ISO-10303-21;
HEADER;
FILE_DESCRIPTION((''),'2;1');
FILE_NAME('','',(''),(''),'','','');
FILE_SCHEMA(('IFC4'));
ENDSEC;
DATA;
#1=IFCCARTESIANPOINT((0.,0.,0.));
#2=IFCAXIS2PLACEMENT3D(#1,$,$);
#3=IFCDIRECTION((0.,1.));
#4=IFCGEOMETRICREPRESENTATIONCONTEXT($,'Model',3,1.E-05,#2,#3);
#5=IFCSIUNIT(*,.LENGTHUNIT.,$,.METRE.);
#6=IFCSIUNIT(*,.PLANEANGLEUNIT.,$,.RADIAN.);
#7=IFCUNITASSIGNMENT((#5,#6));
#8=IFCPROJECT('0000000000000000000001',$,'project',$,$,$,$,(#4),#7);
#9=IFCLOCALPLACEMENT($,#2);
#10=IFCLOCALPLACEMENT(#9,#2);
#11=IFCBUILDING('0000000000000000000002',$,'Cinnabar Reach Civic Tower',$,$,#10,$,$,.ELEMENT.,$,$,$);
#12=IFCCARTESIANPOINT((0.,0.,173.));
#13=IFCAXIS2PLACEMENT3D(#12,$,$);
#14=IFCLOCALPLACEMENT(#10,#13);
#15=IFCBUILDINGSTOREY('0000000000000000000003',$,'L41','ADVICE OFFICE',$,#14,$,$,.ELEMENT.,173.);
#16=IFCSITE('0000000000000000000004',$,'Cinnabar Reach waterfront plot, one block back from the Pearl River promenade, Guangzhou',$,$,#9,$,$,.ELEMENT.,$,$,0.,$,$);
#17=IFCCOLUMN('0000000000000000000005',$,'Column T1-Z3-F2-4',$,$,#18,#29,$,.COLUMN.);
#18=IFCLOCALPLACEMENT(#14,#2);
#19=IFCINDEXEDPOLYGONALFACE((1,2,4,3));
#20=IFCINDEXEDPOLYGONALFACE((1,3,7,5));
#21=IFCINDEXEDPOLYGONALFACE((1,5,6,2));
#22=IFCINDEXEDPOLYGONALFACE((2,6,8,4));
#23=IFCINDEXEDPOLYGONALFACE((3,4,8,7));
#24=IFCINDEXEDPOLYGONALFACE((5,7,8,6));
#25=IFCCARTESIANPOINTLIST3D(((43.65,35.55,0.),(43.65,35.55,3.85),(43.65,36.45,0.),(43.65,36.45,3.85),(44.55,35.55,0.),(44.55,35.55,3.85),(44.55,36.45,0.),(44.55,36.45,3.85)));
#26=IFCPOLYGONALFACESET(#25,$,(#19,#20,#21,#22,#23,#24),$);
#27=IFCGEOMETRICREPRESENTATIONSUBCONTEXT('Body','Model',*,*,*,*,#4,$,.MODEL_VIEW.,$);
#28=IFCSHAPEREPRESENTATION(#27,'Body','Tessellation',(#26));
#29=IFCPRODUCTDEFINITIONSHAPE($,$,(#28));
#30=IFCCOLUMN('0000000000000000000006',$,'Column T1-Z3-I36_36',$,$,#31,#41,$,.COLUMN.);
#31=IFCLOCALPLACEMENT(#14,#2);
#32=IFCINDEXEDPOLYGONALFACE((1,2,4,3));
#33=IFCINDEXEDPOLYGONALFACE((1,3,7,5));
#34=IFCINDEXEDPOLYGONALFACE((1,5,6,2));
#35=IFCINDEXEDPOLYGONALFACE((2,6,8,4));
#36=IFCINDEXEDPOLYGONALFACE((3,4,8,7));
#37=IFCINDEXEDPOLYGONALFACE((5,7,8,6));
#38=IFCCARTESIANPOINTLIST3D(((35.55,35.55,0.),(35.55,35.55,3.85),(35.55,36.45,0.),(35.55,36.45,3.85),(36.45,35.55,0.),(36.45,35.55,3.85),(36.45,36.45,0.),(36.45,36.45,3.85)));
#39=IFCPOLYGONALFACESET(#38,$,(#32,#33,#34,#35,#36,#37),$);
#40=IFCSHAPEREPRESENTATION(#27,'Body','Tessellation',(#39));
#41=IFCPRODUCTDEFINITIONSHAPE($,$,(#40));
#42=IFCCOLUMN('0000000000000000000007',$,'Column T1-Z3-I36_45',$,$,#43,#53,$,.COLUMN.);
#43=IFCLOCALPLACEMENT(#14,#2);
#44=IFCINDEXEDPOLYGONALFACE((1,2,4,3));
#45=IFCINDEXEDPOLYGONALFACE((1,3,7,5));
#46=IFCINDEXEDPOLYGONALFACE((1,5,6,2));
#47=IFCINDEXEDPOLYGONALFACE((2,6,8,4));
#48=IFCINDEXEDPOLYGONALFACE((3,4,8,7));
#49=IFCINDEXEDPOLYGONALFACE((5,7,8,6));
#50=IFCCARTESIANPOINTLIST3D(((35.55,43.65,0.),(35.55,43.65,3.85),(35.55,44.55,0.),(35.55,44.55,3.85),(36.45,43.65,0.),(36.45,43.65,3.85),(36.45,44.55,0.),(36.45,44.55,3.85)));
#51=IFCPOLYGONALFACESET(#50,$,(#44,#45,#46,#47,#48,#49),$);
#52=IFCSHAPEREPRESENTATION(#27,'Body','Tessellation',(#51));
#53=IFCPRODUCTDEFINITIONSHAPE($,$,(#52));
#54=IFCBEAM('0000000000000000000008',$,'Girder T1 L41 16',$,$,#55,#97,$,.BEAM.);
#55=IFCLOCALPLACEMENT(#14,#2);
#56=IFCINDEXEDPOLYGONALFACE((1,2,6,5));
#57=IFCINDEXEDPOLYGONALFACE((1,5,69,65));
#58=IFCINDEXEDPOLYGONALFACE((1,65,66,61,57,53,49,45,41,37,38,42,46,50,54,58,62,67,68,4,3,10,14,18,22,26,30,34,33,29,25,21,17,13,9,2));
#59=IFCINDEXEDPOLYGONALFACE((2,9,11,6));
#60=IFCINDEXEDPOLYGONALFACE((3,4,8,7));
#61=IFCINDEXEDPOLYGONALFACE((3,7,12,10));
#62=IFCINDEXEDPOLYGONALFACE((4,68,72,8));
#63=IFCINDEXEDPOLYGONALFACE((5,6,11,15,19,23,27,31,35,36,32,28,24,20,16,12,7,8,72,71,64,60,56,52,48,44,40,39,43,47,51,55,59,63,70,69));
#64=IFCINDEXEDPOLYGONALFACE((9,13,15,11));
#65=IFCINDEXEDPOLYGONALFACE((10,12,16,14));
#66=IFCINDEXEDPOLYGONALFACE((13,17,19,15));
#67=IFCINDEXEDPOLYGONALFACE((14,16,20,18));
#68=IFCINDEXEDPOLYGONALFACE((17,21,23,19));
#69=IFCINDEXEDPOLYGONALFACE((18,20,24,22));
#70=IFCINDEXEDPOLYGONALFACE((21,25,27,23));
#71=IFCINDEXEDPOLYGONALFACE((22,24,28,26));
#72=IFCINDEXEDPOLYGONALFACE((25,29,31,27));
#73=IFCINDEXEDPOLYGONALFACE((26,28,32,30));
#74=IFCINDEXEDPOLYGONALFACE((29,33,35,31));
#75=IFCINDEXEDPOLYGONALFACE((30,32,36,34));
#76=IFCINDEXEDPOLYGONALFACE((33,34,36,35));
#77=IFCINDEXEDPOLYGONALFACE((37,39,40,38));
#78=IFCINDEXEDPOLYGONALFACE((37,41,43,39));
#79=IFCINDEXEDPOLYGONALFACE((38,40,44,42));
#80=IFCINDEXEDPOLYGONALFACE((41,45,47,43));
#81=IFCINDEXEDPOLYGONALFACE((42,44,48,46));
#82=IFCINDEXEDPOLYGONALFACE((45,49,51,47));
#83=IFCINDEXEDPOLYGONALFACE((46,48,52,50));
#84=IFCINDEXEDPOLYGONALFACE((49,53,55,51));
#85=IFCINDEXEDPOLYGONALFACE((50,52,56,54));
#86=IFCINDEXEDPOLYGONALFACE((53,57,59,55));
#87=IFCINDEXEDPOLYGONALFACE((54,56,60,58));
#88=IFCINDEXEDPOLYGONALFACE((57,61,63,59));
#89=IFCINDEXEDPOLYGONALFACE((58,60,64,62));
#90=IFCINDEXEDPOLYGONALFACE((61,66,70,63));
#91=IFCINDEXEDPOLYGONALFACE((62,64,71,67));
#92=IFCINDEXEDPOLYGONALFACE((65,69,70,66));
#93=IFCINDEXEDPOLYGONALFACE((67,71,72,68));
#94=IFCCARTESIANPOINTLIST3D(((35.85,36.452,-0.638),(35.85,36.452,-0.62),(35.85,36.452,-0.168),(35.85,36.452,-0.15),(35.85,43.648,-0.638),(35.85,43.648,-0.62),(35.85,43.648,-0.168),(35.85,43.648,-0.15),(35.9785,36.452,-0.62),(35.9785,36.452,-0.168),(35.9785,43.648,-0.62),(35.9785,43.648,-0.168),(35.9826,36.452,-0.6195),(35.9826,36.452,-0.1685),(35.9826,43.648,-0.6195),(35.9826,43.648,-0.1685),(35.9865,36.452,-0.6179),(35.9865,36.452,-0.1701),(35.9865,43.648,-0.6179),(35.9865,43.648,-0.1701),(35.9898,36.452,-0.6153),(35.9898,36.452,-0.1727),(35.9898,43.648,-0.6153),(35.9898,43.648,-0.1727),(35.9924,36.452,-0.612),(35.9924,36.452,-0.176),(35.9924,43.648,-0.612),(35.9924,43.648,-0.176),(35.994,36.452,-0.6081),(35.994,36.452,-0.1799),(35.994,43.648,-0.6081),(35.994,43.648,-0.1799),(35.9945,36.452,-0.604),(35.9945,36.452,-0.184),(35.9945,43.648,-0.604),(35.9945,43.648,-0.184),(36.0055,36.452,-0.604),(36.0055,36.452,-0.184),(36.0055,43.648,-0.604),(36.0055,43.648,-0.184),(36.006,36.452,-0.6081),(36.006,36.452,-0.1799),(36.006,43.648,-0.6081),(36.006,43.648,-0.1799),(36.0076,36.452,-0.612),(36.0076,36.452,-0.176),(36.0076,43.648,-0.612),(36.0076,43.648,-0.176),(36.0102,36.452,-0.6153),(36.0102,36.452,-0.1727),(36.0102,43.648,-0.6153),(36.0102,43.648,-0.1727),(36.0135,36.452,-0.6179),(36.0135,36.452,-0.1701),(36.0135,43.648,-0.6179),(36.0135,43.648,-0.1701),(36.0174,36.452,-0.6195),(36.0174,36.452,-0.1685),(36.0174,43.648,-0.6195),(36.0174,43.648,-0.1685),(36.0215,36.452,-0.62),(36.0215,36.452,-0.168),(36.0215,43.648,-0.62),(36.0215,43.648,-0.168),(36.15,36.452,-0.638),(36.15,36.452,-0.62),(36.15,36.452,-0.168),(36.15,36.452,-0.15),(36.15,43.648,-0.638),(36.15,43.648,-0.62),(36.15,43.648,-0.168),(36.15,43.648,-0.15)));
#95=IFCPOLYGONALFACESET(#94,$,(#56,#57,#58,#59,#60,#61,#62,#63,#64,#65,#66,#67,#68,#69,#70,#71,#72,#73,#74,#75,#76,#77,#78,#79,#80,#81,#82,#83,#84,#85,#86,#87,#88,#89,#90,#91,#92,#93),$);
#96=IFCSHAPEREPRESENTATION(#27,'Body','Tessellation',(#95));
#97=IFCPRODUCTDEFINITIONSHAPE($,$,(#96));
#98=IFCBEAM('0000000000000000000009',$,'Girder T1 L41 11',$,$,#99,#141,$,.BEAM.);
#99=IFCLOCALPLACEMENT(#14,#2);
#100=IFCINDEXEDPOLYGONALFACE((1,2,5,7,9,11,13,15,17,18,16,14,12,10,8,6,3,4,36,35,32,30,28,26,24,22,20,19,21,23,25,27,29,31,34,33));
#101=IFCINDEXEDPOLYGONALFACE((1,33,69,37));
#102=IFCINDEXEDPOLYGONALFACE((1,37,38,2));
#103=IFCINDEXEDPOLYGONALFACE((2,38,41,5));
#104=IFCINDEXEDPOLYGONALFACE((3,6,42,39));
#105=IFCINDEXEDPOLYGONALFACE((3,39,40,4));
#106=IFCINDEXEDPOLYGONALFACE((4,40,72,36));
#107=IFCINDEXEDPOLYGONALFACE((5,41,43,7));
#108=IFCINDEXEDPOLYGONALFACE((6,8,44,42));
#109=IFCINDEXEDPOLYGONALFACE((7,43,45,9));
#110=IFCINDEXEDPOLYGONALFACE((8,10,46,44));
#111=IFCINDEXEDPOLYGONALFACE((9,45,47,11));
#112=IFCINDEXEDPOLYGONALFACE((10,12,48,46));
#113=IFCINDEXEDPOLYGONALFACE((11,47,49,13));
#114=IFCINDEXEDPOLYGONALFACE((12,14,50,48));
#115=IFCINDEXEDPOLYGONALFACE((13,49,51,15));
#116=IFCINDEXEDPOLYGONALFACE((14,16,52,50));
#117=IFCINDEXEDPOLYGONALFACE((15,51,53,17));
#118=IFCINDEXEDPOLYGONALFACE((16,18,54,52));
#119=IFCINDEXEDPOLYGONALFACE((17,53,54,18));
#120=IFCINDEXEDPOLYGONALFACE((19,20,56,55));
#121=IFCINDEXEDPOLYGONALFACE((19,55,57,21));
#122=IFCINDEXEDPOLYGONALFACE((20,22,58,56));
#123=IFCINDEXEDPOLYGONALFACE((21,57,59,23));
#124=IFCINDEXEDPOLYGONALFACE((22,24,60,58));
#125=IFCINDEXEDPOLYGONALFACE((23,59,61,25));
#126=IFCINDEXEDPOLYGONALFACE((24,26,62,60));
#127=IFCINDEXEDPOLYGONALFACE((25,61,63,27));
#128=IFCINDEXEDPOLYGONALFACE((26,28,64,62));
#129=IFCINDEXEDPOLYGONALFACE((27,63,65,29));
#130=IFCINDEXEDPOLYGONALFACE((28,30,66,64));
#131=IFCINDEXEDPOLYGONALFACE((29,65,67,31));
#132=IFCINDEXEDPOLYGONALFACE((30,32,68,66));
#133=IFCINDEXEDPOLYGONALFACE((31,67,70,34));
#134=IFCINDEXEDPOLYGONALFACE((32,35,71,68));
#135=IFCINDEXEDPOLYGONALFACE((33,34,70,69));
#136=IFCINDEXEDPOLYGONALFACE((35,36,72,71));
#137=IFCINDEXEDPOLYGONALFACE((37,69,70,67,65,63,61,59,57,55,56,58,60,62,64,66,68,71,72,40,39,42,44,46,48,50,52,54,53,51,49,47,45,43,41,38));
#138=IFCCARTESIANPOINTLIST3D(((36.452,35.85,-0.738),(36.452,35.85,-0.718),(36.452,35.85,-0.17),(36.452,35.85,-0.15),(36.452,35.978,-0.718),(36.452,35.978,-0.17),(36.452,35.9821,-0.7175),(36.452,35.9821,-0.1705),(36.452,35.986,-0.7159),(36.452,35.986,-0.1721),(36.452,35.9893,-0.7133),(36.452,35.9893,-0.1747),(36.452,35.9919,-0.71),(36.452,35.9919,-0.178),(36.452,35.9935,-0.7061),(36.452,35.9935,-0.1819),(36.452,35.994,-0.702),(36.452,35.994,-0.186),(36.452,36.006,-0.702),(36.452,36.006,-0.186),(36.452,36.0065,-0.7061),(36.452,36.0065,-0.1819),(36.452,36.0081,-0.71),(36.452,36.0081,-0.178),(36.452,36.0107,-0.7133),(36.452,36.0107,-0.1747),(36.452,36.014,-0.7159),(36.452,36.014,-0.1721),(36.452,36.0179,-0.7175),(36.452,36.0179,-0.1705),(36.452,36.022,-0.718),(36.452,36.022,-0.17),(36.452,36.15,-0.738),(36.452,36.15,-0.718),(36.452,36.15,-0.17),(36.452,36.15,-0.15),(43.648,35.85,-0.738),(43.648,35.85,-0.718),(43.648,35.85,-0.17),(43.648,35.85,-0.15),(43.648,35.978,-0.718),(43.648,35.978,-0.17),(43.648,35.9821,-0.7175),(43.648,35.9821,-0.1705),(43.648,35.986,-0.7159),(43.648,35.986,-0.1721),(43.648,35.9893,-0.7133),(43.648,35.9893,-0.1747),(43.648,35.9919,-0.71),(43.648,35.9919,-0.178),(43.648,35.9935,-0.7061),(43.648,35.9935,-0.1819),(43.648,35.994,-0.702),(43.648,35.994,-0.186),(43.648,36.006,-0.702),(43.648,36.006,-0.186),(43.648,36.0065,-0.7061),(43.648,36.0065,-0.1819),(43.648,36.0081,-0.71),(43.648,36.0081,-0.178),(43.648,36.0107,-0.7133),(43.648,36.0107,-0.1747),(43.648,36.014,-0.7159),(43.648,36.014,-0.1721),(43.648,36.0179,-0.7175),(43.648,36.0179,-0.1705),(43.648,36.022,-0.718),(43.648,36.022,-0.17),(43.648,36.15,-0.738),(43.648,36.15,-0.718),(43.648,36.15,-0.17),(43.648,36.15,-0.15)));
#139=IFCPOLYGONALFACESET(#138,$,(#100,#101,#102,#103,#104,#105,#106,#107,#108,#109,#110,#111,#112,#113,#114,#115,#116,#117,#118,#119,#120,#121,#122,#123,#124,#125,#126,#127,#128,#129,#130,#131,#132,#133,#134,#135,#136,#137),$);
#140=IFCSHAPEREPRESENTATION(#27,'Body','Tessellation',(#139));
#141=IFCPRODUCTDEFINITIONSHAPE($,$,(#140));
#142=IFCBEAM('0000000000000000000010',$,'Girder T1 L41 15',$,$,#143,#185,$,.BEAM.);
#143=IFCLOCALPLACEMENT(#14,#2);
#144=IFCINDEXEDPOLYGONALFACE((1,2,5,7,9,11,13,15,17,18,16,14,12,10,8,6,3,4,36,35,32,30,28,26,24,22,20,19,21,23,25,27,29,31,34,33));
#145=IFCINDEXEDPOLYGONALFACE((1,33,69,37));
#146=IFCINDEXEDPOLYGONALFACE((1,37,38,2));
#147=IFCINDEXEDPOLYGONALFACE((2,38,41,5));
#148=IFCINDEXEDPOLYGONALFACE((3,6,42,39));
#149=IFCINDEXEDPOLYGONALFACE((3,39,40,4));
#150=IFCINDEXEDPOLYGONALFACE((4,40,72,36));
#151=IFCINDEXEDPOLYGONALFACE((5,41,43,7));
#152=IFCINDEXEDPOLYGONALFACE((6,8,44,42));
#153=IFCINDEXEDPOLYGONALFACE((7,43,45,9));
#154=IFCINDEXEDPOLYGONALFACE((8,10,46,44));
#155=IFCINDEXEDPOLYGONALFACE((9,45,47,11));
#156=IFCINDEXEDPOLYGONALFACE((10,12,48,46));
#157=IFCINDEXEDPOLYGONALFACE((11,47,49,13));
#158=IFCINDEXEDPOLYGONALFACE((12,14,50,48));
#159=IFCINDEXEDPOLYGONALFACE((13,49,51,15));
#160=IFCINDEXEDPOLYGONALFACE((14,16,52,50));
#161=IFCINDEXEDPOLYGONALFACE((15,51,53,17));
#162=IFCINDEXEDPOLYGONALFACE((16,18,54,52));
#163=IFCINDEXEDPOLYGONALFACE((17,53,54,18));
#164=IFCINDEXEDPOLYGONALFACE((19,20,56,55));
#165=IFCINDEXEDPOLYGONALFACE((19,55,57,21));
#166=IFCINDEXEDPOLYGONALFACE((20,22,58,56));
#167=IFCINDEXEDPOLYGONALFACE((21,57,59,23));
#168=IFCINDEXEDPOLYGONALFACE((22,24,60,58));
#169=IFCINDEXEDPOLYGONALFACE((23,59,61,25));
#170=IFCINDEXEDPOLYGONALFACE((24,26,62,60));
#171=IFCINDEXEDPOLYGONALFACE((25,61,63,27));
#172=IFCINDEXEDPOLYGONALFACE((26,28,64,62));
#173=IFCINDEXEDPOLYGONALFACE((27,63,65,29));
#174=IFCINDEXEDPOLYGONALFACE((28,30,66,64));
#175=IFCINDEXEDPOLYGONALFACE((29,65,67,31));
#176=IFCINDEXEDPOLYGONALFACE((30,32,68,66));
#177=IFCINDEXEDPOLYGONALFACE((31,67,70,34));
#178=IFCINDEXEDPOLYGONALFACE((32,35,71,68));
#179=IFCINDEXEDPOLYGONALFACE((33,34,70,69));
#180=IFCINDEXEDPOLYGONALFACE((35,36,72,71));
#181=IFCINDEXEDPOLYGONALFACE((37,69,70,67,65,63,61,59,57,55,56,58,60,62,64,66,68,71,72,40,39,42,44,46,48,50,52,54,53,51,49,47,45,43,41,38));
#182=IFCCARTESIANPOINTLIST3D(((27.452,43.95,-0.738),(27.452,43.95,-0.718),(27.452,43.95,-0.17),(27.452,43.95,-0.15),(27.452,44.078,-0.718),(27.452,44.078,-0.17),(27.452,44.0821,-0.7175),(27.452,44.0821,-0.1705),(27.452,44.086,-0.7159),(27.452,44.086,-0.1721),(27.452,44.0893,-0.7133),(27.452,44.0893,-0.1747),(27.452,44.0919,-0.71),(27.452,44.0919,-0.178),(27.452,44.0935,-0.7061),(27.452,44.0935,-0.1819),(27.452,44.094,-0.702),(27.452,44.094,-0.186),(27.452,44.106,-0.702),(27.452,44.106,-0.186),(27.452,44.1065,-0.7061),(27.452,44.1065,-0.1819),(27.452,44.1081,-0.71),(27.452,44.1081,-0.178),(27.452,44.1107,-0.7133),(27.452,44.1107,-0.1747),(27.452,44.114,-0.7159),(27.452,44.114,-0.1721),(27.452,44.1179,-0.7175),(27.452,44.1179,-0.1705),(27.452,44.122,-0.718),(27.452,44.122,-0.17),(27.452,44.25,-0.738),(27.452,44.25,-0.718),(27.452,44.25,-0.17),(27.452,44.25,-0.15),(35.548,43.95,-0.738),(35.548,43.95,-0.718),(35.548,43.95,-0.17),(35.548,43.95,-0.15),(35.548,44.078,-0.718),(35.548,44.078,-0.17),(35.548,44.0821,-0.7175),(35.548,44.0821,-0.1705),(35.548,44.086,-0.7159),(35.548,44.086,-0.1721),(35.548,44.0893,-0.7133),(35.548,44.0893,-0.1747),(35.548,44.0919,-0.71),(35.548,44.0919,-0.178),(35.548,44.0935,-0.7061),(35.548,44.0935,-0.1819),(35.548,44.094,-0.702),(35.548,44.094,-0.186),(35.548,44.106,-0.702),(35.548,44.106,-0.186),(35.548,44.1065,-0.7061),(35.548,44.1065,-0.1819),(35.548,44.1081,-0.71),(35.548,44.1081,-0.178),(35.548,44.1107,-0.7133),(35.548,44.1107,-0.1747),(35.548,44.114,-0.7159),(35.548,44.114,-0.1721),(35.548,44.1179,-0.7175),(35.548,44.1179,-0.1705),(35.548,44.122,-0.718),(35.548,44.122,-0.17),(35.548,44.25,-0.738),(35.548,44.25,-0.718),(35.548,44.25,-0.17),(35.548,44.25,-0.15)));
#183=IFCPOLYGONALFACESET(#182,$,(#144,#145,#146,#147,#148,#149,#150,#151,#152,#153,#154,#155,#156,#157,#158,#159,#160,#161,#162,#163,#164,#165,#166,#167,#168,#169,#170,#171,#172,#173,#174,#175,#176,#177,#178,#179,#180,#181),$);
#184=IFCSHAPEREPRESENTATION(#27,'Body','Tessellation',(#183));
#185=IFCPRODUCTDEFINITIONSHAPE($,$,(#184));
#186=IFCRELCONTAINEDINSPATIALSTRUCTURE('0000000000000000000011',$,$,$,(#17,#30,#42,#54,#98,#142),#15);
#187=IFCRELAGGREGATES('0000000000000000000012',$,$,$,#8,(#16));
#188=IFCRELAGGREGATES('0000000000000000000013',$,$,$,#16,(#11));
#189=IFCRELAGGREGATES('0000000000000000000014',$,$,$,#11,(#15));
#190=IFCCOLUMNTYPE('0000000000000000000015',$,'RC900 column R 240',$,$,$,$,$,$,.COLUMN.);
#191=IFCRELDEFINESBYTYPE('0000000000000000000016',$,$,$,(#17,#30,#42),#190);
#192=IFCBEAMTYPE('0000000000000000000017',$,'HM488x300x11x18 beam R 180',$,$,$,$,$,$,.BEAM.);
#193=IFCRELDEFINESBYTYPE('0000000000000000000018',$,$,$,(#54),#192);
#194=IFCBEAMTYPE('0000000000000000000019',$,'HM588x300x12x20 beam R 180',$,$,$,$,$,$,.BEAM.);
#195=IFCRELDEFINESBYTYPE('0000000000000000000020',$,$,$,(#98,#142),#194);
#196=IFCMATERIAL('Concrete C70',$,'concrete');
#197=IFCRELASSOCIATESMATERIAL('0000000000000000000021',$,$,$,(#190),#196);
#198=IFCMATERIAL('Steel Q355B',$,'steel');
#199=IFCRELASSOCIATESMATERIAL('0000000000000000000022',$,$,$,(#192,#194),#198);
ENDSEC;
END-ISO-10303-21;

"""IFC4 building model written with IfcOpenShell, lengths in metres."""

from ifc_helpers import new_model, si_unit, direction, frame, origin, origin_2d, place, context, subcontext, project, spatial, rectangle, i_section, extrude, material, material_profile, profile_set, type_object, element, save


model = new_model("IFC4")

# Units and contexts
model_context = context("Model", 3, precision=1e-05, world=origin(), true_north=direction((0.0, 1.0)))
body_context = subcontext(model_context, "Body", "Model", "MODEL_VIEW")
ifc_project = project(units=[si_unit("LENGTHUNIT", "METRE"), si_unit("PLANEANGLEUNIT", "RADIAN")], contexts=[model_context])

# Site, building, storey
site_placement = place(None, origin())
site = spatial("IfcSite", under=ifc_project, at=site_placement, Name="Cinnabar Reach waterfront plot, one block back from the Pearl River promenade, Guangzhou", CompositionType="ELEMENT", RefElevation=0.0)
building_placement = place(site_placement, origin())
building = spatial("IfcBuilding", under=site, at=building_placement, Name="Cinnabar Reach Civic Tower", CompositionType="ELEMENT")
storey_placement = place(building_placement, frame((0.0, 0.0, 173.0)))
storey = spatial("IfcBuildingStorey", under=building, at=storey_placement, Name="L41", Description="ADVICE OFFICE", CompositionType="ELEMENT", Elevation=173.0)

# Columns
ifc_material_1 = material(Name="Concrete C70", Category="concrete")
ifc_material_profile_1 = material_profile(ifc_material_1, rectangle(XDim=0.9, YDim=0.9, at=origin_2d()), Name="RC900")
ifc_profile_set_1 = profile_set([ifc_material_profile_1], Name="Concrete C70")
column_type = type_object("IfcColumnType", Name="RC900 column R 240", PredefinedType="COLUMN", material=ifc_profile_set_1)
for number, where, z_axis, x_axis, name in (
    (1, (44.1, 36.0, 0.0), (0.0, 0.0, 1.0), (1.0, 0.0, 0.0), "Column T1-Z3-F2-4"),
    (2, (36.0, 36.0, 0.0), (0.0, 0.0, 1.0), (1.0, 0.0, 0.0), "Column T1-Z3-I36_36"),
    (3, (36.0, 44.1, 0.0), (0.0, 0.0, 1.0), (1.0, 0.0, 0.0), "Column T1-Z3-I36_45"),
):
    element("IfcColumn", number, at=place(storey_placement, frame(where, z_axis=z_axis, x_axis=x_axis)), inside=storey, type_object=column_type, Name=name, PredefinedType="COLUMN", context=body_context, shape_type="SweptSolid", body=[
        extrude(rectangle(XDim=0.9, YDim=0.9, at=origin_2d()), origin(), (0.0, 0.0, 1.0), 3.85),
    ])

# Beams
ifc_material_2 = material(Name="Steel Q355B", Category="steel")
ifc_material_profile_2 = material_profile(ifc_material_2, i_section(OverallWidth=0.3, OverallDepth=0.488, WebThickness=0.011, FlangeThickness=0.018, FilletRadius=0.016, at=origin_2d()), Name="HM488x300x11x18")
ifc_profile_set_2 = profile_set([ifc_material_profile_2], Name="Steel Q355B")
beam_type_1 = type_object("IfcBeamType", Name="HM488x300x11x18 beam R 180", PredefinedType="BEAM", material=ifc_profile_set_2)
beam_1_placement = place(storey_placement, frame((36.0, 36.452, -0.394), z_axis=(0.0, 1.0, 0.0), x_axis=(-1.0, 0.0, 0.0)))
element("IfcBeam", 4, at=beam_1_placement, inside=storey, type_object=beam_type_1, Name="Girder T1 L41 16", PredefinedType="BEAM", context=body_context, shape_type="SweptSolid", body=[
    extrude(i_section(OverallWidth=0.3, OverallDepth=0.488, WebThickness=0.011, FlangeThickness=0.018, FilletRadius=0.016, at=origin_2d()), origin(), (0.0, 0.0, 1.0), 7.196),
])
ifc_material_profile_3 = material_profile(ifc_material_2, i_section(OverallWidth=0.3, OverallDepth=0.588, WebThickness=0.012, FlangeThickness=0.02, FilletRadius=0.016, at=origin_2d()), Name="HM588x300x12x20")
ifc_profile_set_3 = profile_set([ifc_material_profile_3], Name="Steel Q355B")
beam_type_2 = type_object("IfcBeamType", Name="HM588x300x12x20 beam R 180", PredefinedType="BEAM", material=ifc_profile_set_3)
beam_2_placement = place(storey_placement, frame((36.452, 36.0, -0.444), z_axis=(1.0, 0.0, 0.0), x_axis=(0.0, 1.0, 0.0)))
element("IfcBeam", 5, at=beam_2_placement, inside=storey, type_object=beam_type_2, Name="Girder T1 L41 11", PredefinedType="BEAM", context=body_context, shape_type="SweptSolid", body=[
    extrude(i_section(OverallWidth=0.3, OverallDepth=0.588, WebThickness=0.012, FlangeThickness=0.02, FilletRadius=0.016, at=origin_2d()), origin(), (0.0, 0.0, 1.0), 7.196),
])
beam_3_placement = place(storey_placement, frame((27.452, 44.1, -0.444), z_axis=(1.0, 0.0, 0.0), x_axis=(0.0, 1.0, 0.0)))
element("IfcBeam", 6, at=beam_3_placement, inside=storey, type_object=beam_type_2, Name="Girder T1 L41 15", PredefinedType="BEAM", context=body_context, shape_type="SweptSolid", body=[
    extrude(i_section(OverallWidth=0.3, OverallDepth=0.588, WebThickness=0.012, FlangeThickness=0.02, FilletRadius=0.016, at=origin_2d()), origin(), (0.0, 0.0, 1.0), 8.096),
])

save(model, "model.ifc")
